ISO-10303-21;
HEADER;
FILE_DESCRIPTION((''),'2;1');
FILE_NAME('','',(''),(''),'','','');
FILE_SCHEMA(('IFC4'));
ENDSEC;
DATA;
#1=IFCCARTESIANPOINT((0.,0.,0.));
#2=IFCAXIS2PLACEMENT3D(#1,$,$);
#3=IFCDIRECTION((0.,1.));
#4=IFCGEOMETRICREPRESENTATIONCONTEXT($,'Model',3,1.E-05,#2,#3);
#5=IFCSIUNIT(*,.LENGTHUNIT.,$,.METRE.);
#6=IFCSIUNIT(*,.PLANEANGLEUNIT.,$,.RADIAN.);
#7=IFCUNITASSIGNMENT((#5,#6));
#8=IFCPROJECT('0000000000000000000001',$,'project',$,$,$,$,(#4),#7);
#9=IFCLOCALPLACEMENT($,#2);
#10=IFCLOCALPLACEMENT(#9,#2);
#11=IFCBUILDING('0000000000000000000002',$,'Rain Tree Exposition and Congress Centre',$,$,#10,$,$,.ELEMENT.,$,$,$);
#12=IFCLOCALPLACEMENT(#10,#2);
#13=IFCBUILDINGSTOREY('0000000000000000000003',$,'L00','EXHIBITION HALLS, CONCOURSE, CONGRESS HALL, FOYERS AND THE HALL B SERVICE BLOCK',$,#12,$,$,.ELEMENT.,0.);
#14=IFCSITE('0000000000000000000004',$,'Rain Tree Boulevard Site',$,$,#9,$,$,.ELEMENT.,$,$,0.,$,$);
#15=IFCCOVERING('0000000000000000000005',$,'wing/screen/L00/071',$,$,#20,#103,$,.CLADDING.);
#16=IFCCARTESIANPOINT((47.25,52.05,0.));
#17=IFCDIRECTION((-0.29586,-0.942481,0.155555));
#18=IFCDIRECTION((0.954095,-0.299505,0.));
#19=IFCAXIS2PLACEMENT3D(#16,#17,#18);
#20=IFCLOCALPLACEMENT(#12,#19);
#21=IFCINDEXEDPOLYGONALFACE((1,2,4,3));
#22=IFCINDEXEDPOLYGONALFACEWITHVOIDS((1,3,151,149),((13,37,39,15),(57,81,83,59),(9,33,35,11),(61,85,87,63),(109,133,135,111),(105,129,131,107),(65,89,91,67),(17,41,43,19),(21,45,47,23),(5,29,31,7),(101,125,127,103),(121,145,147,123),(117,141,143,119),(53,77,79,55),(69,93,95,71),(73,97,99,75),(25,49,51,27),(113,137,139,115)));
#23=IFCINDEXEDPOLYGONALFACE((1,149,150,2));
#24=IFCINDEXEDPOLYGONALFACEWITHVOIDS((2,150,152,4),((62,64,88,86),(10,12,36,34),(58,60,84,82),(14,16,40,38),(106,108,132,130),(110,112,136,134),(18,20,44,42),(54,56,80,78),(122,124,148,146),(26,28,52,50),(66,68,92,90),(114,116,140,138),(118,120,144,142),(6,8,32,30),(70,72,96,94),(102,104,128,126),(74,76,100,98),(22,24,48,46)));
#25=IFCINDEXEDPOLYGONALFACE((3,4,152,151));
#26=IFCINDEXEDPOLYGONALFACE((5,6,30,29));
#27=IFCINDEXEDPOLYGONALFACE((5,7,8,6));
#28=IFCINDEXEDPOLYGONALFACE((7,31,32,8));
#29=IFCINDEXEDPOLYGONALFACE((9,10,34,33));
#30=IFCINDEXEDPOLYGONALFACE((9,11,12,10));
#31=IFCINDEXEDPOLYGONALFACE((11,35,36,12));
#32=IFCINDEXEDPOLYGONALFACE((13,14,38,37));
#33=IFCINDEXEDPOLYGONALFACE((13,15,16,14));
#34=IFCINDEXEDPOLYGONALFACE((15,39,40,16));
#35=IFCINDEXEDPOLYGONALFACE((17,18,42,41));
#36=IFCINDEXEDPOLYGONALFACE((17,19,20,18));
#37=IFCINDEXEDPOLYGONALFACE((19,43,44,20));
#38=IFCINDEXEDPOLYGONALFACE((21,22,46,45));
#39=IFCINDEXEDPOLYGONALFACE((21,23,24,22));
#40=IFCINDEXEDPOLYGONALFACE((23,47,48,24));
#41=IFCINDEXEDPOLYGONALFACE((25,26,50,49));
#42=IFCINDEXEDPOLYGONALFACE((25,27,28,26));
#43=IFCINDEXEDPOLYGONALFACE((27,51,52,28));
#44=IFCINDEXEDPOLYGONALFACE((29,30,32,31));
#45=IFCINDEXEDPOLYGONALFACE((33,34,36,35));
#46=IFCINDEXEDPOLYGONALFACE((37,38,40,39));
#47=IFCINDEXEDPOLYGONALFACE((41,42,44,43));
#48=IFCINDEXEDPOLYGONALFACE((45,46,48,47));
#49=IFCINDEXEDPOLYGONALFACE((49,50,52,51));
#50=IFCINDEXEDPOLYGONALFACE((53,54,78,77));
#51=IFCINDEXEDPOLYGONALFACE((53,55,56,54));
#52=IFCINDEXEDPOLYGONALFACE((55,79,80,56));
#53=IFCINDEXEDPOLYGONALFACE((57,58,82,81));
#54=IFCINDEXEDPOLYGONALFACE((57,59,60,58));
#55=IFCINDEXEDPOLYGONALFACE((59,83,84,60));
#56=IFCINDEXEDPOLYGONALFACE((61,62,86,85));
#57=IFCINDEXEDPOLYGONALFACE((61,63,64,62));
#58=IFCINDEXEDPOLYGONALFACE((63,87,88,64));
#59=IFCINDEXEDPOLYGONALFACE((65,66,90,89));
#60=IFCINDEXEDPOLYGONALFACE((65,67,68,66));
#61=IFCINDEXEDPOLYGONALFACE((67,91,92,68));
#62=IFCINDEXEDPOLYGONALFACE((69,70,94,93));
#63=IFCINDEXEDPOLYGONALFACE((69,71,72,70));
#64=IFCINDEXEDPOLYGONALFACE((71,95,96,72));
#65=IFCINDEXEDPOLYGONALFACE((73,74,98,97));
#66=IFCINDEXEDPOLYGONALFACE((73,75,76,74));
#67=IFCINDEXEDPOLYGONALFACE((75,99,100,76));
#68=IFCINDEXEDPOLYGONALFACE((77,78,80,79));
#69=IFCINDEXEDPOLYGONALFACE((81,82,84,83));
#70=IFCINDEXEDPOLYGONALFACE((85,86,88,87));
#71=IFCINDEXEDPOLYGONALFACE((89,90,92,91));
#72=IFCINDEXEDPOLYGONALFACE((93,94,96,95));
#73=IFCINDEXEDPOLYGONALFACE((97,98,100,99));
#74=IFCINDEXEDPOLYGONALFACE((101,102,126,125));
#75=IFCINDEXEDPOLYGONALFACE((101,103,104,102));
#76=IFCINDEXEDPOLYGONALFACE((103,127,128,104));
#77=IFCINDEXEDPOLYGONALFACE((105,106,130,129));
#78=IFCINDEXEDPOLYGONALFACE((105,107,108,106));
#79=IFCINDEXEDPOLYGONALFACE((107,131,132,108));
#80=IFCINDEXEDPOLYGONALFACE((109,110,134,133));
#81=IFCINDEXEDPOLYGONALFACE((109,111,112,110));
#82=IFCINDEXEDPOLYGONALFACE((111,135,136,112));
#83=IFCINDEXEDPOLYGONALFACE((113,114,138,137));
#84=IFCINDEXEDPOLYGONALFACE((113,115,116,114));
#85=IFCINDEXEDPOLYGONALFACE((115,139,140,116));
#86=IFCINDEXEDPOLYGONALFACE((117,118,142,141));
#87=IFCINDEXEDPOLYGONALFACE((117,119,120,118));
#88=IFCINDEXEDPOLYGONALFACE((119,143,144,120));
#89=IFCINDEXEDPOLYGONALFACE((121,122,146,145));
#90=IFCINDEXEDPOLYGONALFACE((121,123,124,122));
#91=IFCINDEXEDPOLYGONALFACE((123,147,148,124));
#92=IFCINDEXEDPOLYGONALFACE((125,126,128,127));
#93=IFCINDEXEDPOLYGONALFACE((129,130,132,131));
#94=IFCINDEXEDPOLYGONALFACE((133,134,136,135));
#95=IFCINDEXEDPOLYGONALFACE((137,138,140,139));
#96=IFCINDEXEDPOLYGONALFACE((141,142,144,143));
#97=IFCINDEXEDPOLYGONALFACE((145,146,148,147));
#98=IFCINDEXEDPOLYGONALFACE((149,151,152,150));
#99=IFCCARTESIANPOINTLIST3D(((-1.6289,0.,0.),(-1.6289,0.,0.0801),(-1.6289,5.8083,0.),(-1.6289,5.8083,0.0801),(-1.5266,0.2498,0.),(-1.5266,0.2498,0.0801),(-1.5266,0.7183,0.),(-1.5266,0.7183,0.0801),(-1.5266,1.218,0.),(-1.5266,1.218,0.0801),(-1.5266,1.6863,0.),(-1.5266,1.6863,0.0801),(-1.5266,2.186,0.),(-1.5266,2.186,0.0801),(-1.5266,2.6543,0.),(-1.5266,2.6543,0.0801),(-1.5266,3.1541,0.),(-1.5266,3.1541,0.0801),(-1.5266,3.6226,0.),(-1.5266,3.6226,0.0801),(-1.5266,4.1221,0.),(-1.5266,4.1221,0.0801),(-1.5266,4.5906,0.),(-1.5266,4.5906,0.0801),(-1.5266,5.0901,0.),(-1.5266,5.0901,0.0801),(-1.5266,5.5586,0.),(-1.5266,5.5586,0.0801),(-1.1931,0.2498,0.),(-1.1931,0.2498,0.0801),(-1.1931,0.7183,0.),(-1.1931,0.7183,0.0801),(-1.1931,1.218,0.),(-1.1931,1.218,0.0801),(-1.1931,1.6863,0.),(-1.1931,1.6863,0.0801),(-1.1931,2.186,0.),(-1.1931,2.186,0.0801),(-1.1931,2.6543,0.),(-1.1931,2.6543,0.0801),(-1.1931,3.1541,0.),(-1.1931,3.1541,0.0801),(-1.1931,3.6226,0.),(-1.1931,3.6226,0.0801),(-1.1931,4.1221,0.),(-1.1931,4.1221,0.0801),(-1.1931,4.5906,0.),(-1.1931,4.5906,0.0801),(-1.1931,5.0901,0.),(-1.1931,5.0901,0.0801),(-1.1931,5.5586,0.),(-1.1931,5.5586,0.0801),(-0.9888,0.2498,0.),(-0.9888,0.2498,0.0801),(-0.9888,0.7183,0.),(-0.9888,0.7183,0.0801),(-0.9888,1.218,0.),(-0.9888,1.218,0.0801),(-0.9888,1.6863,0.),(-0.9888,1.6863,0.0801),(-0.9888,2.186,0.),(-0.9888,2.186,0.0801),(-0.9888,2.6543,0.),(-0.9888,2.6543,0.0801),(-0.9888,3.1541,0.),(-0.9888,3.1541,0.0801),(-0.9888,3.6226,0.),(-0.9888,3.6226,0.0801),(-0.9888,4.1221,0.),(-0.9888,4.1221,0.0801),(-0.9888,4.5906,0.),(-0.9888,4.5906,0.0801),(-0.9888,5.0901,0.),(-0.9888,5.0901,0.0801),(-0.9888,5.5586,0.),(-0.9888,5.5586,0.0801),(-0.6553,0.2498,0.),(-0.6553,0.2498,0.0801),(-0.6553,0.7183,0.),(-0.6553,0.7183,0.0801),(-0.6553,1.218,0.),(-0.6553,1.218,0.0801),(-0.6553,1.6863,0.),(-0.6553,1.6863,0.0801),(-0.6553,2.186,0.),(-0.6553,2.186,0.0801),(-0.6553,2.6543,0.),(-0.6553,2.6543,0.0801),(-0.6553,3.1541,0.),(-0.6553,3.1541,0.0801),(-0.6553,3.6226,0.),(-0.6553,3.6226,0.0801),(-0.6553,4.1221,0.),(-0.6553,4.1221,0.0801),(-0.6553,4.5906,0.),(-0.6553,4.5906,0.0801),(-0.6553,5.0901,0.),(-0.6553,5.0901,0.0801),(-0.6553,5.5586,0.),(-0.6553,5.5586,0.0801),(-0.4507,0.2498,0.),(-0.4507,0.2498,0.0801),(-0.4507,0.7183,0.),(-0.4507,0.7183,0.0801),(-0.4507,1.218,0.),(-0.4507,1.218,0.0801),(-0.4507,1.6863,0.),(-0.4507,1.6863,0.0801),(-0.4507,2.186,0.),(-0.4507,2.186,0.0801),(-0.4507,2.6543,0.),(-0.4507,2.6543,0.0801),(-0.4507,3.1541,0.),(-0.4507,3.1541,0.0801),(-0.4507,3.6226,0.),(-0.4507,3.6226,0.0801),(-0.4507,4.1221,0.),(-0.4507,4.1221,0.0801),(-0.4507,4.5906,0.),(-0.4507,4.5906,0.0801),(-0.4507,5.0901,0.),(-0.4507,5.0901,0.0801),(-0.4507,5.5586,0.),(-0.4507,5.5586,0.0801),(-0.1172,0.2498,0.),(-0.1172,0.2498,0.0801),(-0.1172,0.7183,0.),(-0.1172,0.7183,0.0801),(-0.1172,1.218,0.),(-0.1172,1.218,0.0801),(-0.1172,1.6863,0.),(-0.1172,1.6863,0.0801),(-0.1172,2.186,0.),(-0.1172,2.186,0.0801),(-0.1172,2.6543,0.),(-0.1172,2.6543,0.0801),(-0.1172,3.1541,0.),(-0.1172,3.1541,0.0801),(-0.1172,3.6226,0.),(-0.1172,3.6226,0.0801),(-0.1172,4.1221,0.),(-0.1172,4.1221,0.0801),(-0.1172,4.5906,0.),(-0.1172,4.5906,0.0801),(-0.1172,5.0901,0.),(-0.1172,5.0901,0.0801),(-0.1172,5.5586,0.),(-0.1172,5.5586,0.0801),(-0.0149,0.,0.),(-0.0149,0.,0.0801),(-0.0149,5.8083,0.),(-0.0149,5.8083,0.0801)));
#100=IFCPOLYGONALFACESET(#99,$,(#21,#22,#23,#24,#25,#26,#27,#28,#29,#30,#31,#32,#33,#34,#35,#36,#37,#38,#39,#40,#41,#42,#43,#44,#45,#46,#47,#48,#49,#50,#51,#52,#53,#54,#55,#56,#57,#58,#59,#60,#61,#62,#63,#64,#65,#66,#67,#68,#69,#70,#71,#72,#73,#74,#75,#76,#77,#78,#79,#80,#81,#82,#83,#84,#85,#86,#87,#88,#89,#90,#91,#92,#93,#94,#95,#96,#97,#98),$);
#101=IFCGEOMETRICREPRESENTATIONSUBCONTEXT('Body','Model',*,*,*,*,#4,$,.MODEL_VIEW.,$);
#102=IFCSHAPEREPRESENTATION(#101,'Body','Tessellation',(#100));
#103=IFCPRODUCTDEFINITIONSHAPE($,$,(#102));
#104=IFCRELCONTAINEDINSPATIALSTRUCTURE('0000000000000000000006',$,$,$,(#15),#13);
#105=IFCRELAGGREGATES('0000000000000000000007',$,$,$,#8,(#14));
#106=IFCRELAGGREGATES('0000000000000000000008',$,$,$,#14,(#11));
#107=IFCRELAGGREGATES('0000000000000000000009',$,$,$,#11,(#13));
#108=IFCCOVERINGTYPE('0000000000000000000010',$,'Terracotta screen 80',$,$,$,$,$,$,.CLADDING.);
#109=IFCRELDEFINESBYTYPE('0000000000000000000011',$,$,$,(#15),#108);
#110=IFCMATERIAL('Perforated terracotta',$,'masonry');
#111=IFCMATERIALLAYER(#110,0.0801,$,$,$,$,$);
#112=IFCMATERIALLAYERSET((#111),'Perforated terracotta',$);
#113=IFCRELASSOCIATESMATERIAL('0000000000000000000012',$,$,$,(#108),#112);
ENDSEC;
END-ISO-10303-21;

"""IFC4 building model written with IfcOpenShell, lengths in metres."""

from ifc_helpers import new_model, si_unit, direction, frame, origin, place, context, subcontext, project, spatial, polyline, outline, extrude, material, layer, layer_set, type_object, element, save


model = new_model("IFC4")

# Units and contexts
model_context = context("Model", 3, precision=1e-05, world=origin(), true_north=direction((0.0, 1.0)))
body_context = subcontext(model_context, "Body", "Model", "MODEL_VIEW")
ifc_project = project(units=[si_unit("LENGTHUNIT", "METRE"), si_unit("PLANEANGLEUNIT", "RADIAN")], contexts=[model_context])

# Site, building, storey
site_placement = place(None, origin())
site = spatial("IfcSite", under=ifc_project, at=site_placement, Name="Rain Tree Boulevard Site", CompositionType="ELEMENT", RefElevation=0.0)
building_placement = place(site_placement, origin())
building = spatial("IfcBuilding", under=site, at=building_placement, Name="Rain Tree Exposition and Congress Centre", CompositionType="ELEMENT")
storey_placement = place(building_placement, origin())
storey = spatial("IfcBuildingStorey", under=building, at=storey_placement, Name="L00", Description="EXHIBITION HALLS, CONCOURSE, CONGRESS HALL, FOYERS AND THE HALL B SERVICE BLOCK", CompositionType="ELEMENT", Elevation=0.0)

# Covering
ifc_material_1 = material(Name="Perforated terracotta", Category="masonry")
ifc_layer_1 = layer(ifc_material_1, 0.0801)
ifc_layer_set_1 = layer_set([ifc_layer_1], Name="Perforated terracotta")
covering_type = type_object("IfcCoveringType", Name="Terracotta screen 80", PredefinedType="CLADDING", material=ifc_layer_set_1)
covering_1_placement = place(storey_placement, frame((47.25, 52.05, 0.0), z_axis=(-0.29586, -0.942481, 0.155555), x_axis=(0.954095, -0.299505, 0.0)))
element("IfcCovering", 1, at=covering_1_placement, inside=storey, type_object=covering_type, Name="wing/screen/L00/071", PredefinedType="CLADDING", context=body_context, shape_type="SweptSolid", body=[
    extrude(outline(polyline([(-0.0149, 5.8083), (-0.0149, 0.0), (-1.6289, 0.0), (-1.6289, 5.8083), (-0.0149, 5.8083)]), holes=[polyline([(-0.1172, 0.2498), (-0.1172, 0.7183), (-0.4507, 0.7183), (-0.4507, 0.2498), (-0.1172, 0.2498)]), polyline([(-0.1172, 1.218), (-0.1172, 1.6863), (-0.4507, 1.6863), (-0.4507, 1.218), (-0.1172, 1.218)]), polyline([(-0.1172, 2.186), (-0.1172, 2.6543), (-0.4507, 2.6543), (-0.4507, 2.186), (-0.1172, 2.186)]), polyline([(-0.1172, 3.1541), (-0.1172, 3.6226), (-0.4507, 3.6226), (-0.4507, 3.1541), (-0.1172, 3.1541)]), polyline([(-0.1172, 4.1221), (-0.1172, 4.5906), (-0.4507, 4.5906), (-0.4507, 4.1221), (-0.1172, 4.1221)]), polyline([(-0.1172, 5.0901), (-0.1172, 5.5586), (-0.4507, 5.5586), (-0.4507, 5.0901), (-0.1172, 5.0901)]), polyline([(-0.6553, 0.2498), (-0.6553, 0.7183), (-0.9888, 0.7183), (-0.9888, 0.2498), (-0.6553, 0.2498)]), polyline([(-0.6553, 1.218), (-0.6553, 1.6863), (-0.9888, 1.6863), (-0.9888, 1.218), (-0.6553, 1.218)]), polyline([(-0.6553, 2.186), (-0.6553, 2.6543), (-0.9888, 2.6543), (-0.9888, 2.186), (-0.6553, 2.186)]), polyline([(-0.6553, 3.1541), (-0.6553, 3.6226), (-0.9888, 3.6226), (-0.9888, 3.1541), (-0.6553, 3.1541)]), polyline([(-0.6553, 4.1221), (-0.6553, 4.5906), (-0.9888, 4.5906), (-0.9888, 4.1221), (-0.6553, 4.1221)]), polyline([(-0.6553, 5.0901), (-0.6553, 5.5586), (-0.9888, 5.5586), (-0.9888, 5.0901), (-0.6553, 5.0901)]), polyline([(-1.1931, 0.2498), (-1.1931, 0.7183), (-1.5266, 0.7183), (-1.5266, 0.2498), (-1.1931, 0.2498)]), polyline([(-1.1931, 1.218), (-1.1931, 1.6863), (-1.5266, 1.6863), (-1.5266, 1.218), (-1.1931, 1.218)]), polyline([(-1.1931, 2.186), (-1.1931, 2.6543), (-1.5266, 2.6543), (-1.5266, 2.186), (-1.1931, 2.186)]), polyline([(-1.1931, 3.1541), (-1.1931, 3.6226), (-1.5266, 3.6226), (-1.5266, 3.1541), (-1.1931, 3.1541)]), polyline([(-1.1931, 4.1221), (-1.1931, 4.5906), (-1.5266, 4.5906), (-1.5266, 4.1221), (-1.1931, 4.1221)]), polyline([(-1.1931, 5.0901), (-1.1931, 5.5586), (-1.5266, 5.5586), (-1.5266, 5.0901), (-1.1931, 5.0901)])]), origin(), (0.0, 0.0, 1.0), 0.0801),
])

save(model, "model.ifc")
